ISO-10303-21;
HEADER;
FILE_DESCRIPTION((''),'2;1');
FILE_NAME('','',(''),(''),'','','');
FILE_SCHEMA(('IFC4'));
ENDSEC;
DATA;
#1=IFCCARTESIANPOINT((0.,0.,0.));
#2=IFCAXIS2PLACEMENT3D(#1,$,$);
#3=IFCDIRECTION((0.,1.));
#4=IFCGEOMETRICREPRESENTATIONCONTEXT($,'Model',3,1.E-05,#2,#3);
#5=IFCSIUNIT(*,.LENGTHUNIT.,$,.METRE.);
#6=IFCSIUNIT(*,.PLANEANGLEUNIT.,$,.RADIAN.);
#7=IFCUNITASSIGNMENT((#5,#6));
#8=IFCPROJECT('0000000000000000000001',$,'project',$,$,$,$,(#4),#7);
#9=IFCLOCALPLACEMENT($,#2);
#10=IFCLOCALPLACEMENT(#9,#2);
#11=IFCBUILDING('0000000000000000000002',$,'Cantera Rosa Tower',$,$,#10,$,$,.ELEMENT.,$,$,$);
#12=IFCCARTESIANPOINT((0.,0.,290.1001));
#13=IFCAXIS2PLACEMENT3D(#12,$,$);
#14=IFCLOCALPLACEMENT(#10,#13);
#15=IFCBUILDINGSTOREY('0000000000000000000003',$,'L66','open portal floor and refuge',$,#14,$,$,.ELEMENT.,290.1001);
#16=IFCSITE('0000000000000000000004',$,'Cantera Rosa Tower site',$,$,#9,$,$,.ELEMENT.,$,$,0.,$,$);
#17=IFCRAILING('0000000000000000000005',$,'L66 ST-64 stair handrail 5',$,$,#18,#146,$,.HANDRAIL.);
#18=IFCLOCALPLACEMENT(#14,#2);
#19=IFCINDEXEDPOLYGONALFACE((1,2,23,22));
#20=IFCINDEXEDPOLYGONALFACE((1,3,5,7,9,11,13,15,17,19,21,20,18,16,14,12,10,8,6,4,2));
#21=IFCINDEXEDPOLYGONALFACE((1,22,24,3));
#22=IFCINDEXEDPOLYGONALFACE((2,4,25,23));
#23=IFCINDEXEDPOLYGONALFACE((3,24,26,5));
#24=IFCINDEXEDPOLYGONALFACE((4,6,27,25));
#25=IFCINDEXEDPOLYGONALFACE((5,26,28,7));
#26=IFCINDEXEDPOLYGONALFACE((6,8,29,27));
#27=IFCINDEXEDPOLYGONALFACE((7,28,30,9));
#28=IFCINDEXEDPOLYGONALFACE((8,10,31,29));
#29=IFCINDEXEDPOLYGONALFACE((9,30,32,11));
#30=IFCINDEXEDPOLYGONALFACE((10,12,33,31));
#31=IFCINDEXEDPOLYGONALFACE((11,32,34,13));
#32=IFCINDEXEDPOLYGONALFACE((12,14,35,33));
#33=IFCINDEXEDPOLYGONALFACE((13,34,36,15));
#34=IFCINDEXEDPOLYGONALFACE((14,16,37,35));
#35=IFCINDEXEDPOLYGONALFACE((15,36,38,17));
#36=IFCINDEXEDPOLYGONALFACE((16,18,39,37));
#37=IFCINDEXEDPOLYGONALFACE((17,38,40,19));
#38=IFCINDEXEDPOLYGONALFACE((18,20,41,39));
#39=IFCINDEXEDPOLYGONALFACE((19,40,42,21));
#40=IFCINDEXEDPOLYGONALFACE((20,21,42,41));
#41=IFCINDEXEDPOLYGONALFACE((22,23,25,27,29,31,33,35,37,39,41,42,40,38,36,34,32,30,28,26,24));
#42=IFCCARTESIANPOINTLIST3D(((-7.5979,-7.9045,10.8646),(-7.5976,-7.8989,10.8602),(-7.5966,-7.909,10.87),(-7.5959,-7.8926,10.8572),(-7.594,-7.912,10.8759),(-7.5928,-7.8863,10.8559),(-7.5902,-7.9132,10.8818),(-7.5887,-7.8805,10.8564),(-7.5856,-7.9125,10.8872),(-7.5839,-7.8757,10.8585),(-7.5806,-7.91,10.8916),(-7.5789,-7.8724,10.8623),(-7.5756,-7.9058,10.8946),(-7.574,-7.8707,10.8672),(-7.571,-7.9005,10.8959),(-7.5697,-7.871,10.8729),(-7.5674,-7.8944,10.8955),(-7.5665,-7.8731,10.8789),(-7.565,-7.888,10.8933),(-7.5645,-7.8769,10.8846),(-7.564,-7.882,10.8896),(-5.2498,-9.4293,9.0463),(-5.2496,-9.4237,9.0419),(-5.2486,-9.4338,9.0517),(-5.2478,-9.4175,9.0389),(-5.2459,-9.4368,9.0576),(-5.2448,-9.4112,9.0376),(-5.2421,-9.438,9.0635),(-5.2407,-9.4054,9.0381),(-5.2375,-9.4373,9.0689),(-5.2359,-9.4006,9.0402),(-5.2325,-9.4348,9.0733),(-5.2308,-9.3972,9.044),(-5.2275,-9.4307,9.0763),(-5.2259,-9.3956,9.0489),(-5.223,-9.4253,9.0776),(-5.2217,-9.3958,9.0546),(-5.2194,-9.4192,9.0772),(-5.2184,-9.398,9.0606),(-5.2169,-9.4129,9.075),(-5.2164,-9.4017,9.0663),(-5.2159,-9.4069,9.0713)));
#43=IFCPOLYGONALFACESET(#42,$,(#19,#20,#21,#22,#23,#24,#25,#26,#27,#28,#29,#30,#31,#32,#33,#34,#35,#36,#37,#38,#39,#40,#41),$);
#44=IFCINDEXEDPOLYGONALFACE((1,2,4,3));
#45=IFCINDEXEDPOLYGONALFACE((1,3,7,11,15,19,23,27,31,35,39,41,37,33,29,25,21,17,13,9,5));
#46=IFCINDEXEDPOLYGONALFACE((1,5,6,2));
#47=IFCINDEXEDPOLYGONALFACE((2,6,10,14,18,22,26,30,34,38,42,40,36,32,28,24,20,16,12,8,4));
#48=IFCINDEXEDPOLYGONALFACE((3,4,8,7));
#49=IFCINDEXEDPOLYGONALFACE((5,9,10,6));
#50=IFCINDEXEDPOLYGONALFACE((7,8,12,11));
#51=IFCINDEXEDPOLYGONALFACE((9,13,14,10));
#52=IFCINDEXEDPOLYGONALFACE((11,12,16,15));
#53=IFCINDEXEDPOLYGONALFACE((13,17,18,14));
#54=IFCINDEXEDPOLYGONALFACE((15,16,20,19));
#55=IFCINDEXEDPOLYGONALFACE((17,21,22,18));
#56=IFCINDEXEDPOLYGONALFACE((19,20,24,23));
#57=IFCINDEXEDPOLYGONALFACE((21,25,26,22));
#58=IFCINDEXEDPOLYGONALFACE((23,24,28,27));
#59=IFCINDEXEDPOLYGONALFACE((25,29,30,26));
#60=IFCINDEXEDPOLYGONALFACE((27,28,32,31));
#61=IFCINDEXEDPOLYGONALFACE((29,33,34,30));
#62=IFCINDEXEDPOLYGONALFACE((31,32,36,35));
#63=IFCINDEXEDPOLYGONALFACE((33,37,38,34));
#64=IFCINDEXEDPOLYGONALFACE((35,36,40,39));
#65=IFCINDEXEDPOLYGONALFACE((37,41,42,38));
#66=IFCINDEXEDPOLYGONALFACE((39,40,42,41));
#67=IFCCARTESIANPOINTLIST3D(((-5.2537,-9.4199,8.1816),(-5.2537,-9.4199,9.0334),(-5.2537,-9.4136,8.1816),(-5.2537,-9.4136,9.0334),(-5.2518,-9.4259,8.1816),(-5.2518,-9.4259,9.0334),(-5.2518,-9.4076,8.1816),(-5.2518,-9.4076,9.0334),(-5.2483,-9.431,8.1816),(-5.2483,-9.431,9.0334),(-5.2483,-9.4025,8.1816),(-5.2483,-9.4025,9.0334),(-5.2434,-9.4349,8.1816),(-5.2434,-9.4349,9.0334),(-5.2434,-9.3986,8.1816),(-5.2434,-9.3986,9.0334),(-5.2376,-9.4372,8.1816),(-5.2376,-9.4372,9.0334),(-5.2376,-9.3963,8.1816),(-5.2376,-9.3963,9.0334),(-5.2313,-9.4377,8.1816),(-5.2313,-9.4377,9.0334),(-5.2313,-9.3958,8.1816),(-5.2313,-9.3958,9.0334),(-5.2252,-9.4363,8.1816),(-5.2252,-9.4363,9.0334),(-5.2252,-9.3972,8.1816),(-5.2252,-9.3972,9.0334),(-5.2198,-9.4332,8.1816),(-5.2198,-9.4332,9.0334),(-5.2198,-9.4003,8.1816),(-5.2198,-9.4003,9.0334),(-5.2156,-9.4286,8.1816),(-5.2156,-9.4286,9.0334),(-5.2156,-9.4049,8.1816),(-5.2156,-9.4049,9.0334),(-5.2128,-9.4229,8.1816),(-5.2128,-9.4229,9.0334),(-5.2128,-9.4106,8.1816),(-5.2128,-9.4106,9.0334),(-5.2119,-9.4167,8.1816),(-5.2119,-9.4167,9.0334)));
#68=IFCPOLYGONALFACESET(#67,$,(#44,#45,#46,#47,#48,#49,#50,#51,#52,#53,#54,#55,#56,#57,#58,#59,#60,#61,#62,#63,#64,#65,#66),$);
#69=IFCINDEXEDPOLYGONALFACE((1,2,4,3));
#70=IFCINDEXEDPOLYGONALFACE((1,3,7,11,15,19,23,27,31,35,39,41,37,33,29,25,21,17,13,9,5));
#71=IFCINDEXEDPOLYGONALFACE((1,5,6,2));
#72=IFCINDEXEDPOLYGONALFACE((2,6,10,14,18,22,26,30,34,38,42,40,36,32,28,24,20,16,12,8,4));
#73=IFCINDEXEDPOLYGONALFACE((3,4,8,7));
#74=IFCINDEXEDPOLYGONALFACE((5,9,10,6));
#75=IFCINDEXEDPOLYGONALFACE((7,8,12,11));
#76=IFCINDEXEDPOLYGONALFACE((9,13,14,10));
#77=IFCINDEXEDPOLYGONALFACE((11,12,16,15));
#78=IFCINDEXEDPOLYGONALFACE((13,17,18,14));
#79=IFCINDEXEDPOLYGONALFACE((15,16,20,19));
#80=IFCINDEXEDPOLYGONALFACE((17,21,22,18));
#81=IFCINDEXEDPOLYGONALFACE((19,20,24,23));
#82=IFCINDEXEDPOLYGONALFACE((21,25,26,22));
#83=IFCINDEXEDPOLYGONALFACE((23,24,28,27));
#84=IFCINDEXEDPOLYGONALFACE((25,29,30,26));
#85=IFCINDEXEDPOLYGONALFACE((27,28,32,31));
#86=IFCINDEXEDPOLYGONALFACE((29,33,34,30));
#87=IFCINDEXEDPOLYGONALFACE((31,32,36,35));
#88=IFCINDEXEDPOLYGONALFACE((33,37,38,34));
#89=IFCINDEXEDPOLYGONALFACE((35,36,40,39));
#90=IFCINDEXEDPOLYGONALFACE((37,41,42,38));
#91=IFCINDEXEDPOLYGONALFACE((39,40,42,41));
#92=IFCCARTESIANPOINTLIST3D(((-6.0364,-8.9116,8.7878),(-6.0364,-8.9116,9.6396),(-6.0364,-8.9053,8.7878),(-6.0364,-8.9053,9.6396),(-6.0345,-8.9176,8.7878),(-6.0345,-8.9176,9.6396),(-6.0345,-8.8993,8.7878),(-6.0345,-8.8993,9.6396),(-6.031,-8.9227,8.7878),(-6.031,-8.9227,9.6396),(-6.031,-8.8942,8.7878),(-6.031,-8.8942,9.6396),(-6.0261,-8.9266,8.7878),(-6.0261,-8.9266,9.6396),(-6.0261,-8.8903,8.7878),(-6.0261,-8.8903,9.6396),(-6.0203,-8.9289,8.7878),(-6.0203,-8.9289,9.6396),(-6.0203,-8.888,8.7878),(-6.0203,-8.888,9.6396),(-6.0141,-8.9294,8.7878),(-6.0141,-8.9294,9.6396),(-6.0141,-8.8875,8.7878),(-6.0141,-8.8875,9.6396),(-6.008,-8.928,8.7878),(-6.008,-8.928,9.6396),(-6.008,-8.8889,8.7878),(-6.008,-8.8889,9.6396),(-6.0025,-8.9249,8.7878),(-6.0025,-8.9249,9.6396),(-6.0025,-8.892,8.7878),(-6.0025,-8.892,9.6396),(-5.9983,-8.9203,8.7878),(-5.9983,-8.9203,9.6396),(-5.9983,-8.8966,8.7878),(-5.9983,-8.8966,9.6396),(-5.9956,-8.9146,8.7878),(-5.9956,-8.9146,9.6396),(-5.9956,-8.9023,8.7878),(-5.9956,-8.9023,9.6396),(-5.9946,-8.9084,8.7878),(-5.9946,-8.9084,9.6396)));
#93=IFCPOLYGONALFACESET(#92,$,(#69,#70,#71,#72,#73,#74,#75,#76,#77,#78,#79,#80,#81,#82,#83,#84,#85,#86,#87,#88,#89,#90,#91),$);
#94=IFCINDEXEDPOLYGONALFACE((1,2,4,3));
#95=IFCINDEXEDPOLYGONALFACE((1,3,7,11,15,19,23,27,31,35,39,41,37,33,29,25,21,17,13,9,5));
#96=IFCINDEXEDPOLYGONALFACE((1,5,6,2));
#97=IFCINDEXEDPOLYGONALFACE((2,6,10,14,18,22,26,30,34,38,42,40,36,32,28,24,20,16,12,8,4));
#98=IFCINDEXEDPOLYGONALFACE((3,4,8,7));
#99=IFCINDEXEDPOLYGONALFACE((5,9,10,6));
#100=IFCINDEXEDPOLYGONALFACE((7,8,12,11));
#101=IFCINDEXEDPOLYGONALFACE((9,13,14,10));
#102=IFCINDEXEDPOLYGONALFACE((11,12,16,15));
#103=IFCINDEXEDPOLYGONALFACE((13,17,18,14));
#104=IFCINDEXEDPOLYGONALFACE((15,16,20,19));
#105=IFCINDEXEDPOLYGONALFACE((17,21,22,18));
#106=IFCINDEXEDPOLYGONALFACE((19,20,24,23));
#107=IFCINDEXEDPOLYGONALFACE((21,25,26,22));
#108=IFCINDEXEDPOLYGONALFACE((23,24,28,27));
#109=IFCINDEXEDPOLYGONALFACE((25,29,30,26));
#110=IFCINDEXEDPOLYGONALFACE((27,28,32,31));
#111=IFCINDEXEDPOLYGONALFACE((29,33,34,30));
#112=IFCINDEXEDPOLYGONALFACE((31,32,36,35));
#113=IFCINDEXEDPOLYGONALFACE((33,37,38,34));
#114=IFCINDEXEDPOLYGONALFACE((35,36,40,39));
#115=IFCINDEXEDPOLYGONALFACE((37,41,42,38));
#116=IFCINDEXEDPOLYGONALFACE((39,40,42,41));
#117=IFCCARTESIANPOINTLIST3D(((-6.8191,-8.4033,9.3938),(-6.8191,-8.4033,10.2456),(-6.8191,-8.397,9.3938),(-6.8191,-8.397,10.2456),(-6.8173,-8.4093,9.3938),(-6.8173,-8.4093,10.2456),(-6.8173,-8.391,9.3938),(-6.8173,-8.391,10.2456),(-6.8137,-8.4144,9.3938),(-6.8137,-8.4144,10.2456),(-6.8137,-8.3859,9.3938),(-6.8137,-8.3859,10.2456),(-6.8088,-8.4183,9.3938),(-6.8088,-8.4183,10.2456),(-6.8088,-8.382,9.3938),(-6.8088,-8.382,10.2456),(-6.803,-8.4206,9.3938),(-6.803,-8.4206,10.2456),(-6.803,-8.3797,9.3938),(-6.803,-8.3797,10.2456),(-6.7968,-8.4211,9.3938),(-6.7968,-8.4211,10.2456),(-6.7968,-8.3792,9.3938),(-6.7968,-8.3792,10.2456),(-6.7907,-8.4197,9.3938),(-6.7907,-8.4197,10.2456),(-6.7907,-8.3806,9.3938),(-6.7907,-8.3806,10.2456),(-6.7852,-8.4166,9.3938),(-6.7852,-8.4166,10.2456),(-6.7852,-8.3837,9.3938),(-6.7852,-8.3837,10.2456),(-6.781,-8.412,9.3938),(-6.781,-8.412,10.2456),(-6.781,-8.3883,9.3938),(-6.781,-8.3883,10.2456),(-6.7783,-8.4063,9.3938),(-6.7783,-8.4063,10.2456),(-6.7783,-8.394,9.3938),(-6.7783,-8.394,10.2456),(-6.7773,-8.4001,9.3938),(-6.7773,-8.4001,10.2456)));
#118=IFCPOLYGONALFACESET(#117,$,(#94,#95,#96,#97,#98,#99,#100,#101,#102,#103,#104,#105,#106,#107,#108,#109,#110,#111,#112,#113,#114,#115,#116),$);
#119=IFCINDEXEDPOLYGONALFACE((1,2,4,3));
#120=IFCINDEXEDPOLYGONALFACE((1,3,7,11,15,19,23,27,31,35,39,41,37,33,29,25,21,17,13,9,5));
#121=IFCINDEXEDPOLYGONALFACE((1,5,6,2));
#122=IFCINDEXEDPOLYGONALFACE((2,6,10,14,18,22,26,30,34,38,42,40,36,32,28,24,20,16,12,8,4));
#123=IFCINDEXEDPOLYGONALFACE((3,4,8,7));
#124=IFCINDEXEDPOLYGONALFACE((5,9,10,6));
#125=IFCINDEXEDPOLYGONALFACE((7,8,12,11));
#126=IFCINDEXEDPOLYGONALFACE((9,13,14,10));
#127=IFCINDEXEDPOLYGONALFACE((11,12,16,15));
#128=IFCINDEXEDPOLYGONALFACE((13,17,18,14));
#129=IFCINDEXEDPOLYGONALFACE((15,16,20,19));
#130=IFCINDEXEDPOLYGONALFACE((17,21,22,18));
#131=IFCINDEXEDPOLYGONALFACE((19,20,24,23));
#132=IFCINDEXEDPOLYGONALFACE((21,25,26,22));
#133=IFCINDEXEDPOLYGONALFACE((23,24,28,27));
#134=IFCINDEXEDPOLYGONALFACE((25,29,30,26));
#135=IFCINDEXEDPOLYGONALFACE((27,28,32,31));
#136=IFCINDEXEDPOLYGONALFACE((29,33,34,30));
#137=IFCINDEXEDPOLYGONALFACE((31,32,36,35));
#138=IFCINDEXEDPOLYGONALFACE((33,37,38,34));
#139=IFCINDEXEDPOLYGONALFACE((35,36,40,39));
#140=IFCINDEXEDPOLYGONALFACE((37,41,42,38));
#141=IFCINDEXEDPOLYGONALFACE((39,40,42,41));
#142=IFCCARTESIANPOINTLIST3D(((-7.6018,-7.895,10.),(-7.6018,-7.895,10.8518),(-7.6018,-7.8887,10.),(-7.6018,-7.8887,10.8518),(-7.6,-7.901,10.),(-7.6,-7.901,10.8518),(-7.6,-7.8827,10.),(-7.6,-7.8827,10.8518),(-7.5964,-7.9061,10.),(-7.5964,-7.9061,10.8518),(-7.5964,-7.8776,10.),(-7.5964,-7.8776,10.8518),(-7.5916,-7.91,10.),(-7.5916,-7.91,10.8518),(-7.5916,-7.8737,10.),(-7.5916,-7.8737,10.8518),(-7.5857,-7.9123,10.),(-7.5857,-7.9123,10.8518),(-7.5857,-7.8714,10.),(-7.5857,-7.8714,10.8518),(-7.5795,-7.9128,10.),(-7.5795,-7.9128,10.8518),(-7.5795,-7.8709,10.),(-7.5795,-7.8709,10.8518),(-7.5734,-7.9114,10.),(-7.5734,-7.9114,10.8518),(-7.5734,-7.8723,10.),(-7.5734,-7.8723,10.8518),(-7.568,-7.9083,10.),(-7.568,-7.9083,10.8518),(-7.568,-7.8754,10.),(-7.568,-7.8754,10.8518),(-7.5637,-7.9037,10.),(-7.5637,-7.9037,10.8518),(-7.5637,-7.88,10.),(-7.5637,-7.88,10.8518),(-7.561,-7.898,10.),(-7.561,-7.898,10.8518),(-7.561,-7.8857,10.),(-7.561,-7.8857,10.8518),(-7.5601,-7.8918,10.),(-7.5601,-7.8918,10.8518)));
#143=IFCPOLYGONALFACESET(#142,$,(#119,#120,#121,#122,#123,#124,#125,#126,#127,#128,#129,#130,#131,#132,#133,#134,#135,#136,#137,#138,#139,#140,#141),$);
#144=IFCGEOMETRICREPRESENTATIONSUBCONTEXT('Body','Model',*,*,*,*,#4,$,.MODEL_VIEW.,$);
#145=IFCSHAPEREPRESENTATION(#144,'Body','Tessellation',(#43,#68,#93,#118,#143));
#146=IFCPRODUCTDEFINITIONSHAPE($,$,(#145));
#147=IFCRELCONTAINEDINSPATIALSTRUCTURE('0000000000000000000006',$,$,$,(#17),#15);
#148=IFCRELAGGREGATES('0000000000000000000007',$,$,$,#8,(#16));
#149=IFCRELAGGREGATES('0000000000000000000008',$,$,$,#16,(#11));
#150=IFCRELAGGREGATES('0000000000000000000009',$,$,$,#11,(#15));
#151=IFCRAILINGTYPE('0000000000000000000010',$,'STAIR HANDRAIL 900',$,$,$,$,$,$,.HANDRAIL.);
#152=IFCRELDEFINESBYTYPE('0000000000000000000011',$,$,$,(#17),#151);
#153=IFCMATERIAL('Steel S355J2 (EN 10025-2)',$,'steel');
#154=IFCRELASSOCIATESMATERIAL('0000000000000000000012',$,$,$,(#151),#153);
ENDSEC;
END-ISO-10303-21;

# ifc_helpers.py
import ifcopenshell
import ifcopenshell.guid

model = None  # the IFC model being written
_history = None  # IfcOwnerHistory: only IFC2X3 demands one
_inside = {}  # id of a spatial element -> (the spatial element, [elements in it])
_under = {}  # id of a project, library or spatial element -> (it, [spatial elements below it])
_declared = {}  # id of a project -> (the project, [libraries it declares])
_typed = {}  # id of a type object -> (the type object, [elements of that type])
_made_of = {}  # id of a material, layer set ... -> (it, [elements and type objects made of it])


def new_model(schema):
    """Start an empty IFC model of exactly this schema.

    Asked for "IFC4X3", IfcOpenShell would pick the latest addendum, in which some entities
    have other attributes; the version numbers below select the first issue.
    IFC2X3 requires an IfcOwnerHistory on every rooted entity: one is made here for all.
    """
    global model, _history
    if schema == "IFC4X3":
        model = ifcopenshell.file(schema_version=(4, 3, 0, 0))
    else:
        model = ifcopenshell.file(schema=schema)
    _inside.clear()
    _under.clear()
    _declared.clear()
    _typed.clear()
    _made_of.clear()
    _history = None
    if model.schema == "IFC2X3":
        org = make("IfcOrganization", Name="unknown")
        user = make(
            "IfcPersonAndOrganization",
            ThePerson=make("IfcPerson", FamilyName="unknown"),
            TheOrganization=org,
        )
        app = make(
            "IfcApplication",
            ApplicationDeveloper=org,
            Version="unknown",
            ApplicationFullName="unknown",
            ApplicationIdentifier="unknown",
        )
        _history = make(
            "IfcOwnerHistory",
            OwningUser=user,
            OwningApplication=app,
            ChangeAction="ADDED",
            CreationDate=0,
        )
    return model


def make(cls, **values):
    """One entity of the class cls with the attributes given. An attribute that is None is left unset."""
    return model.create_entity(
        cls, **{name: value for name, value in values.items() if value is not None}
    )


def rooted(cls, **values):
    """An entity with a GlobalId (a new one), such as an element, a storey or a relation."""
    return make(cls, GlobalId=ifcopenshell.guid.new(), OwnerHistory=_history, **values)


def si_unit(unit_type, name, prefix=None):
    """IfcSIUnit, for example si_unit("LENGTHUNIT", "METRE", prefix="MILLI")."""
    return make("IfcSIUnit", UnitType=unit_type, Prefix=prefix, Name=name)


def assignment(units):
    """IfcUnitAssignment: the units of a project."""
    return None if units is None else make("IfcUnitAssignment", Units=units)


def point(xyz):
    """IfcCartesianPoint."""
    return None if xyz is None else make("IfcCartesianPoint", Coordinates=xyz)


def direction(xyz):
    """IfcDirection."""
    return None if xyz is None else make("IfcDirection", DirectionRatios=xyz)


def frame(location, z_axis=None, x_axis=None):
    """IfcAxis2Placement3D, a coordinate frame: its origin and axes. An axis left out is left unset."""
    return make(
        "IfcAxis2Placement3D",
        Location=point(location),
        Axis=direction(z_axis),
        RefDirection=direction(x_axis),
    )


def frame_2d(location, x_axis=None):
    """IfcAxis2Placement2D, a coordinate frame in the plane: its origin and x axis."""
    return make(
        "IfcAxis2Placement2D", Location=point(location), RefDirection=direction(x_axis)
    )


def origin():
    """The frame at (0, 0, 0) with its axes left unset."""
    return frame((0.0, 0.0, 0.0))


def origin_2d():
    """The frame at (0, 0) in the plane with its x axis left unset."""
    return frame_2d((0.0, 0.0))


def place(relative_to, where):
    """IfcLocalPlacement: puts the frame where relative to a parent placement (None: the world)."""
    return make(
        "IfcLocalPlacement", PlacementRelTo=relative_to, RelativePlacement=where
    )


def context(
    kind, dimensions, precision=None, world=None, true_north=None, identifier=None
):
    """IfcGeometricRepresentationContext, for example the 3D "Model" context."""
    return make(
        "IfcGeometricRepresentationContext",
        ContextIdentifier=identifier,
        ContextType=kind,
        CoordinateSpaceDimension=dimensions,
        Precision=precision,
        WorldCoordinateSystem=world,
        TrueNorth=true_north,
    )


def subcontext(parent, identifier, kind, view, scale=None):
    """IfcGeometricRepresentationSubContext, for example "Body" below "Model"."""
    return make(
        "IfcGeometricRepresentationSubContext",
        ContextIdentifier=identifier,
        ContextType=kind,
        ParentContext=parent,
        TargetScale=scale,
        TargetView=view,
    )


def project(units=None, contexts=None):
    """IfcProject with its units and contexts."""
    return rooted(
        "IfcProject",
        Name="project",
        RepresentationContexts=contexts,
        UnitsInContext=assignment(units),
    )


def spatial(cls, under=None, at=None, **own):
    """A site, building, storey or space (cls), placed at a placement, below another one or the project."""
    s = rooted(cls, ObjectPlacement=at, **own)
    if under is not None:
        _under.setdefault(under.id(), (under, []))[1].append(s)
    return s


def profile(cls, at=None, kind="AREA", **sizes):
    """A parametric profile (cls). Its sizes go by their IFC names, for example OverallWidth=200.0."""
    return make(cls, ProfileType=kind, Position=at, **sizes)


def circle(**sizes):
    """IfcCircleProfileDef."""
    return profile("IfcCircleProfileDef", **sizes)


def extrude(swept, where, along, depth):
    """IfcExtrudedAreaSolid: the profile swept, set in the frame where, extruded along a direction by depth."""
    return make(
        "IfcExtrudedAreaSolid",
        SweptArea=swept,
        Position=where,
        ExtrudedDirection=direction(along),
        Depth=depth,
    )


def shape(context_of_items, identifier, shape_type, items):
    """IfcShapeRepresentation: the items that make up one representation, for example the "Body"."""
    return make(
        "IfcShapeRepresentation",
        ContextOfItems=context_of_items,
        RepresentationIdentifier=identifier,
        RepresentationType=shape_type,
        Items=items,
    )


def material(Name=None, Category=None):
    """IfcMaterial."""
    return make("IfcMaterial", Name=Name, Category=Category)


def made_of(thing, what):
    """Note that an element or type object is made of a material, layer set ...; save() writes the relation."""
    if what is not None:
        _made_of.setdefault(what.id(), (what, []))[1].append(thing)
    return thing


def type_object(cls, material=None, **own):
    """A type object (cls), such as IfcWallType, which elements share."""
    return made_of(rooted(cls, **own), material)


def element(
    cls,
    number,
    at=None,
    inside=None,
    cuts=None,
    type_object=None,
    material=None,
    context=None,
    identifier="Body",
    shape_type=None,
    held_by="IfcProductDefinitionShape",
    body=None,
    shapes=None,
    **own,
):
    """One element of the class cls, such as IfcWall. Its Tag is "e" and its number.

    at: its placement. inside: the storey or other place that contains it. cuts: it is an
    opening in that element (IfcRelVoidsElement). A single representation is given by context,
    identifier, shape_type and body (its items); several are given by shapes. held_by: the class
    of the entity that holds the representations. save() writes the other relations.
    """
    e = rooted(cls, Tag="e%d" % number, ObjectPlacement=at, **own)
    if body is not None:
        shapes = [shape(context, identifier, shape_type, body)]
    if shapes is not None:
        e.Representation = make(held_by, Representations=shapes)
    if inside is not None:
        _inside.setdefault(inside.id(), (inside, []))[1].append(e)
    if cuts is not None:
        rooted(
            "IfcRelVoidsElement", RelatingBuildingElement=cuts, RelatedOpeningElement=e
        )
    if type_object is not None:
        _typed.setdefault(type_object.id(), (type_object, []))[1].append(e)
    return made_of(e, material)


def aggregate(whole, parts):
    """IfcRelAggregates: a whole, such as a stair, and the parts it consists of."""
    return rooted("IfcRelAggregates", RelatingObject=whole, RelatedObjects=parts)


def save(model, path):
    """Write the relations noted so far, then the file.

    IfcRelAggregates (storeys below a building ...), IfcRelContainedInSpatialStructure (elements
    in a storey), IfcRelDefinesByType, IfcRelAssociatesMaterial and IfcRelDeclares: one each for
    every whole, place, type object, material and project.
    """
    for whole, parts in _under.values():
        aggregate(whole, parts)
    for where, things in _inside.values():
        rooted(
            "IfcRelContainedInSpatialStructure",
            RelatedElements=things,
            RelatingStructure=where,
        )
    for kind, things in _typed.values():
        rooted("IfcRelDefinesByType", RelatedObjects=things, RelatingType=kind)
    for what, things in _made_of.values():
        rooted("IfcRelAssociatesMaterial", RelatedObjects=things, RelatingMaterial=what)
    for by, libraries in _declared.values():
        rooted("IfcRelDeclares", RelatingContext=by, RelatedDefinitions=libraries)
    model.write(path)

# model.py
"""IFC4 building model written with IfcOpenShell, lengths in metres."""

from ifc_helpers import new_model, si_unit, direction, frame, origin, origin_2d, place, context, subcontext, project, spatial, circle, extrude, material, type_object, element, save


model = new_model("IFC4")

# Units and contexts
model_context = context("Model", 3, precision=1e-05, world=origin(), true_north=direction((0.0, 1.0)))
body_context = subcontext(model_context, "Body", "Model", "MODEL_VIEW")
ifc_project = project(units=[si_unit("LENGTHUNIT", "METRE"), si_unit("PLANEANGLEUNIT", "RADIAN")], contexts=[model_context])

# Site, building, storey
site_placement = place(None, origin())
site = spatial("IfcSite", under=ifc_project, at=site_placement, Name="Cantera Rosa Tower site", CompositionType="ELEMENT", RefElevation=0.0)
building_placement = place(site_placement, origin())
building = spatial("IfcBuilding", under=site, at=building_placement, Name="Cantera Rosa Tower", CompositionType="ELEMENT")
storey_placement = place(building_placement, frame((0.0, 0.0, 290.1001)))
storey = spatial("IfcBuildingStorey", under=building, at=storey_placement, Name="L66", Description="open portal floor and refuge", CompositionType="ELEMENT", Elevation=290.1001)

# Railing
ifc_material_1 = material(Name="Steel S355J2 (EN 10025-2)", Category="steel")
railing_type_1 = type_object("IfcRailingType", Name="STAIR HANDRAIL 900", PredefinedType="HANDRAIL", material=ifc_material_1)
for number, where, name in (
    (1, (-5.2329, -9.4167, 8.1816), "L66 ST-64 stair handrail 5"),
):
    element("IfcRailing", number, at=place(storey_placement, frame(where)), inside=storey, type_object=railing_type_1, Name=name, PredefinedType="HANDRAIL", context=body_context, shape_type="SweptSolid", body=[
        extrude(circle(Radius=0.0239, at=origin_2d()), frame((0.0, 0.0, 0.876), z_axis=(-0.703354, 0.456764, 0.544665), x_axis=(-0.544639, -0.838671, 0.0)), (0.0, 0.0, 1.0), 3.3384),
        extrude(circle(Radius=0.021, at=origin_2d()), origin(), (0.0, 0.0, 1.0), 0.8518),
        extrude(circle(Radius=0.021, at=origin_2d()), frame((-0.7827, 0.5083, 0.6062)), (0.0, 0.0, 1.0), 0.8518),
        extrude(circle(Radius=0.021, at=origin_2d()), frame((-1.5654, 1.0166, 1.2122)), (0.0, 0.0, 1.0), 0.8518),
        extrude(circle(Radius=0.021, at=origin_2d()), frame((-2.3481, 1.5249, 1.8184)), (0.0, 0.0, 1.0), 0.8518),
    ])

save(model, "model.ifc")
